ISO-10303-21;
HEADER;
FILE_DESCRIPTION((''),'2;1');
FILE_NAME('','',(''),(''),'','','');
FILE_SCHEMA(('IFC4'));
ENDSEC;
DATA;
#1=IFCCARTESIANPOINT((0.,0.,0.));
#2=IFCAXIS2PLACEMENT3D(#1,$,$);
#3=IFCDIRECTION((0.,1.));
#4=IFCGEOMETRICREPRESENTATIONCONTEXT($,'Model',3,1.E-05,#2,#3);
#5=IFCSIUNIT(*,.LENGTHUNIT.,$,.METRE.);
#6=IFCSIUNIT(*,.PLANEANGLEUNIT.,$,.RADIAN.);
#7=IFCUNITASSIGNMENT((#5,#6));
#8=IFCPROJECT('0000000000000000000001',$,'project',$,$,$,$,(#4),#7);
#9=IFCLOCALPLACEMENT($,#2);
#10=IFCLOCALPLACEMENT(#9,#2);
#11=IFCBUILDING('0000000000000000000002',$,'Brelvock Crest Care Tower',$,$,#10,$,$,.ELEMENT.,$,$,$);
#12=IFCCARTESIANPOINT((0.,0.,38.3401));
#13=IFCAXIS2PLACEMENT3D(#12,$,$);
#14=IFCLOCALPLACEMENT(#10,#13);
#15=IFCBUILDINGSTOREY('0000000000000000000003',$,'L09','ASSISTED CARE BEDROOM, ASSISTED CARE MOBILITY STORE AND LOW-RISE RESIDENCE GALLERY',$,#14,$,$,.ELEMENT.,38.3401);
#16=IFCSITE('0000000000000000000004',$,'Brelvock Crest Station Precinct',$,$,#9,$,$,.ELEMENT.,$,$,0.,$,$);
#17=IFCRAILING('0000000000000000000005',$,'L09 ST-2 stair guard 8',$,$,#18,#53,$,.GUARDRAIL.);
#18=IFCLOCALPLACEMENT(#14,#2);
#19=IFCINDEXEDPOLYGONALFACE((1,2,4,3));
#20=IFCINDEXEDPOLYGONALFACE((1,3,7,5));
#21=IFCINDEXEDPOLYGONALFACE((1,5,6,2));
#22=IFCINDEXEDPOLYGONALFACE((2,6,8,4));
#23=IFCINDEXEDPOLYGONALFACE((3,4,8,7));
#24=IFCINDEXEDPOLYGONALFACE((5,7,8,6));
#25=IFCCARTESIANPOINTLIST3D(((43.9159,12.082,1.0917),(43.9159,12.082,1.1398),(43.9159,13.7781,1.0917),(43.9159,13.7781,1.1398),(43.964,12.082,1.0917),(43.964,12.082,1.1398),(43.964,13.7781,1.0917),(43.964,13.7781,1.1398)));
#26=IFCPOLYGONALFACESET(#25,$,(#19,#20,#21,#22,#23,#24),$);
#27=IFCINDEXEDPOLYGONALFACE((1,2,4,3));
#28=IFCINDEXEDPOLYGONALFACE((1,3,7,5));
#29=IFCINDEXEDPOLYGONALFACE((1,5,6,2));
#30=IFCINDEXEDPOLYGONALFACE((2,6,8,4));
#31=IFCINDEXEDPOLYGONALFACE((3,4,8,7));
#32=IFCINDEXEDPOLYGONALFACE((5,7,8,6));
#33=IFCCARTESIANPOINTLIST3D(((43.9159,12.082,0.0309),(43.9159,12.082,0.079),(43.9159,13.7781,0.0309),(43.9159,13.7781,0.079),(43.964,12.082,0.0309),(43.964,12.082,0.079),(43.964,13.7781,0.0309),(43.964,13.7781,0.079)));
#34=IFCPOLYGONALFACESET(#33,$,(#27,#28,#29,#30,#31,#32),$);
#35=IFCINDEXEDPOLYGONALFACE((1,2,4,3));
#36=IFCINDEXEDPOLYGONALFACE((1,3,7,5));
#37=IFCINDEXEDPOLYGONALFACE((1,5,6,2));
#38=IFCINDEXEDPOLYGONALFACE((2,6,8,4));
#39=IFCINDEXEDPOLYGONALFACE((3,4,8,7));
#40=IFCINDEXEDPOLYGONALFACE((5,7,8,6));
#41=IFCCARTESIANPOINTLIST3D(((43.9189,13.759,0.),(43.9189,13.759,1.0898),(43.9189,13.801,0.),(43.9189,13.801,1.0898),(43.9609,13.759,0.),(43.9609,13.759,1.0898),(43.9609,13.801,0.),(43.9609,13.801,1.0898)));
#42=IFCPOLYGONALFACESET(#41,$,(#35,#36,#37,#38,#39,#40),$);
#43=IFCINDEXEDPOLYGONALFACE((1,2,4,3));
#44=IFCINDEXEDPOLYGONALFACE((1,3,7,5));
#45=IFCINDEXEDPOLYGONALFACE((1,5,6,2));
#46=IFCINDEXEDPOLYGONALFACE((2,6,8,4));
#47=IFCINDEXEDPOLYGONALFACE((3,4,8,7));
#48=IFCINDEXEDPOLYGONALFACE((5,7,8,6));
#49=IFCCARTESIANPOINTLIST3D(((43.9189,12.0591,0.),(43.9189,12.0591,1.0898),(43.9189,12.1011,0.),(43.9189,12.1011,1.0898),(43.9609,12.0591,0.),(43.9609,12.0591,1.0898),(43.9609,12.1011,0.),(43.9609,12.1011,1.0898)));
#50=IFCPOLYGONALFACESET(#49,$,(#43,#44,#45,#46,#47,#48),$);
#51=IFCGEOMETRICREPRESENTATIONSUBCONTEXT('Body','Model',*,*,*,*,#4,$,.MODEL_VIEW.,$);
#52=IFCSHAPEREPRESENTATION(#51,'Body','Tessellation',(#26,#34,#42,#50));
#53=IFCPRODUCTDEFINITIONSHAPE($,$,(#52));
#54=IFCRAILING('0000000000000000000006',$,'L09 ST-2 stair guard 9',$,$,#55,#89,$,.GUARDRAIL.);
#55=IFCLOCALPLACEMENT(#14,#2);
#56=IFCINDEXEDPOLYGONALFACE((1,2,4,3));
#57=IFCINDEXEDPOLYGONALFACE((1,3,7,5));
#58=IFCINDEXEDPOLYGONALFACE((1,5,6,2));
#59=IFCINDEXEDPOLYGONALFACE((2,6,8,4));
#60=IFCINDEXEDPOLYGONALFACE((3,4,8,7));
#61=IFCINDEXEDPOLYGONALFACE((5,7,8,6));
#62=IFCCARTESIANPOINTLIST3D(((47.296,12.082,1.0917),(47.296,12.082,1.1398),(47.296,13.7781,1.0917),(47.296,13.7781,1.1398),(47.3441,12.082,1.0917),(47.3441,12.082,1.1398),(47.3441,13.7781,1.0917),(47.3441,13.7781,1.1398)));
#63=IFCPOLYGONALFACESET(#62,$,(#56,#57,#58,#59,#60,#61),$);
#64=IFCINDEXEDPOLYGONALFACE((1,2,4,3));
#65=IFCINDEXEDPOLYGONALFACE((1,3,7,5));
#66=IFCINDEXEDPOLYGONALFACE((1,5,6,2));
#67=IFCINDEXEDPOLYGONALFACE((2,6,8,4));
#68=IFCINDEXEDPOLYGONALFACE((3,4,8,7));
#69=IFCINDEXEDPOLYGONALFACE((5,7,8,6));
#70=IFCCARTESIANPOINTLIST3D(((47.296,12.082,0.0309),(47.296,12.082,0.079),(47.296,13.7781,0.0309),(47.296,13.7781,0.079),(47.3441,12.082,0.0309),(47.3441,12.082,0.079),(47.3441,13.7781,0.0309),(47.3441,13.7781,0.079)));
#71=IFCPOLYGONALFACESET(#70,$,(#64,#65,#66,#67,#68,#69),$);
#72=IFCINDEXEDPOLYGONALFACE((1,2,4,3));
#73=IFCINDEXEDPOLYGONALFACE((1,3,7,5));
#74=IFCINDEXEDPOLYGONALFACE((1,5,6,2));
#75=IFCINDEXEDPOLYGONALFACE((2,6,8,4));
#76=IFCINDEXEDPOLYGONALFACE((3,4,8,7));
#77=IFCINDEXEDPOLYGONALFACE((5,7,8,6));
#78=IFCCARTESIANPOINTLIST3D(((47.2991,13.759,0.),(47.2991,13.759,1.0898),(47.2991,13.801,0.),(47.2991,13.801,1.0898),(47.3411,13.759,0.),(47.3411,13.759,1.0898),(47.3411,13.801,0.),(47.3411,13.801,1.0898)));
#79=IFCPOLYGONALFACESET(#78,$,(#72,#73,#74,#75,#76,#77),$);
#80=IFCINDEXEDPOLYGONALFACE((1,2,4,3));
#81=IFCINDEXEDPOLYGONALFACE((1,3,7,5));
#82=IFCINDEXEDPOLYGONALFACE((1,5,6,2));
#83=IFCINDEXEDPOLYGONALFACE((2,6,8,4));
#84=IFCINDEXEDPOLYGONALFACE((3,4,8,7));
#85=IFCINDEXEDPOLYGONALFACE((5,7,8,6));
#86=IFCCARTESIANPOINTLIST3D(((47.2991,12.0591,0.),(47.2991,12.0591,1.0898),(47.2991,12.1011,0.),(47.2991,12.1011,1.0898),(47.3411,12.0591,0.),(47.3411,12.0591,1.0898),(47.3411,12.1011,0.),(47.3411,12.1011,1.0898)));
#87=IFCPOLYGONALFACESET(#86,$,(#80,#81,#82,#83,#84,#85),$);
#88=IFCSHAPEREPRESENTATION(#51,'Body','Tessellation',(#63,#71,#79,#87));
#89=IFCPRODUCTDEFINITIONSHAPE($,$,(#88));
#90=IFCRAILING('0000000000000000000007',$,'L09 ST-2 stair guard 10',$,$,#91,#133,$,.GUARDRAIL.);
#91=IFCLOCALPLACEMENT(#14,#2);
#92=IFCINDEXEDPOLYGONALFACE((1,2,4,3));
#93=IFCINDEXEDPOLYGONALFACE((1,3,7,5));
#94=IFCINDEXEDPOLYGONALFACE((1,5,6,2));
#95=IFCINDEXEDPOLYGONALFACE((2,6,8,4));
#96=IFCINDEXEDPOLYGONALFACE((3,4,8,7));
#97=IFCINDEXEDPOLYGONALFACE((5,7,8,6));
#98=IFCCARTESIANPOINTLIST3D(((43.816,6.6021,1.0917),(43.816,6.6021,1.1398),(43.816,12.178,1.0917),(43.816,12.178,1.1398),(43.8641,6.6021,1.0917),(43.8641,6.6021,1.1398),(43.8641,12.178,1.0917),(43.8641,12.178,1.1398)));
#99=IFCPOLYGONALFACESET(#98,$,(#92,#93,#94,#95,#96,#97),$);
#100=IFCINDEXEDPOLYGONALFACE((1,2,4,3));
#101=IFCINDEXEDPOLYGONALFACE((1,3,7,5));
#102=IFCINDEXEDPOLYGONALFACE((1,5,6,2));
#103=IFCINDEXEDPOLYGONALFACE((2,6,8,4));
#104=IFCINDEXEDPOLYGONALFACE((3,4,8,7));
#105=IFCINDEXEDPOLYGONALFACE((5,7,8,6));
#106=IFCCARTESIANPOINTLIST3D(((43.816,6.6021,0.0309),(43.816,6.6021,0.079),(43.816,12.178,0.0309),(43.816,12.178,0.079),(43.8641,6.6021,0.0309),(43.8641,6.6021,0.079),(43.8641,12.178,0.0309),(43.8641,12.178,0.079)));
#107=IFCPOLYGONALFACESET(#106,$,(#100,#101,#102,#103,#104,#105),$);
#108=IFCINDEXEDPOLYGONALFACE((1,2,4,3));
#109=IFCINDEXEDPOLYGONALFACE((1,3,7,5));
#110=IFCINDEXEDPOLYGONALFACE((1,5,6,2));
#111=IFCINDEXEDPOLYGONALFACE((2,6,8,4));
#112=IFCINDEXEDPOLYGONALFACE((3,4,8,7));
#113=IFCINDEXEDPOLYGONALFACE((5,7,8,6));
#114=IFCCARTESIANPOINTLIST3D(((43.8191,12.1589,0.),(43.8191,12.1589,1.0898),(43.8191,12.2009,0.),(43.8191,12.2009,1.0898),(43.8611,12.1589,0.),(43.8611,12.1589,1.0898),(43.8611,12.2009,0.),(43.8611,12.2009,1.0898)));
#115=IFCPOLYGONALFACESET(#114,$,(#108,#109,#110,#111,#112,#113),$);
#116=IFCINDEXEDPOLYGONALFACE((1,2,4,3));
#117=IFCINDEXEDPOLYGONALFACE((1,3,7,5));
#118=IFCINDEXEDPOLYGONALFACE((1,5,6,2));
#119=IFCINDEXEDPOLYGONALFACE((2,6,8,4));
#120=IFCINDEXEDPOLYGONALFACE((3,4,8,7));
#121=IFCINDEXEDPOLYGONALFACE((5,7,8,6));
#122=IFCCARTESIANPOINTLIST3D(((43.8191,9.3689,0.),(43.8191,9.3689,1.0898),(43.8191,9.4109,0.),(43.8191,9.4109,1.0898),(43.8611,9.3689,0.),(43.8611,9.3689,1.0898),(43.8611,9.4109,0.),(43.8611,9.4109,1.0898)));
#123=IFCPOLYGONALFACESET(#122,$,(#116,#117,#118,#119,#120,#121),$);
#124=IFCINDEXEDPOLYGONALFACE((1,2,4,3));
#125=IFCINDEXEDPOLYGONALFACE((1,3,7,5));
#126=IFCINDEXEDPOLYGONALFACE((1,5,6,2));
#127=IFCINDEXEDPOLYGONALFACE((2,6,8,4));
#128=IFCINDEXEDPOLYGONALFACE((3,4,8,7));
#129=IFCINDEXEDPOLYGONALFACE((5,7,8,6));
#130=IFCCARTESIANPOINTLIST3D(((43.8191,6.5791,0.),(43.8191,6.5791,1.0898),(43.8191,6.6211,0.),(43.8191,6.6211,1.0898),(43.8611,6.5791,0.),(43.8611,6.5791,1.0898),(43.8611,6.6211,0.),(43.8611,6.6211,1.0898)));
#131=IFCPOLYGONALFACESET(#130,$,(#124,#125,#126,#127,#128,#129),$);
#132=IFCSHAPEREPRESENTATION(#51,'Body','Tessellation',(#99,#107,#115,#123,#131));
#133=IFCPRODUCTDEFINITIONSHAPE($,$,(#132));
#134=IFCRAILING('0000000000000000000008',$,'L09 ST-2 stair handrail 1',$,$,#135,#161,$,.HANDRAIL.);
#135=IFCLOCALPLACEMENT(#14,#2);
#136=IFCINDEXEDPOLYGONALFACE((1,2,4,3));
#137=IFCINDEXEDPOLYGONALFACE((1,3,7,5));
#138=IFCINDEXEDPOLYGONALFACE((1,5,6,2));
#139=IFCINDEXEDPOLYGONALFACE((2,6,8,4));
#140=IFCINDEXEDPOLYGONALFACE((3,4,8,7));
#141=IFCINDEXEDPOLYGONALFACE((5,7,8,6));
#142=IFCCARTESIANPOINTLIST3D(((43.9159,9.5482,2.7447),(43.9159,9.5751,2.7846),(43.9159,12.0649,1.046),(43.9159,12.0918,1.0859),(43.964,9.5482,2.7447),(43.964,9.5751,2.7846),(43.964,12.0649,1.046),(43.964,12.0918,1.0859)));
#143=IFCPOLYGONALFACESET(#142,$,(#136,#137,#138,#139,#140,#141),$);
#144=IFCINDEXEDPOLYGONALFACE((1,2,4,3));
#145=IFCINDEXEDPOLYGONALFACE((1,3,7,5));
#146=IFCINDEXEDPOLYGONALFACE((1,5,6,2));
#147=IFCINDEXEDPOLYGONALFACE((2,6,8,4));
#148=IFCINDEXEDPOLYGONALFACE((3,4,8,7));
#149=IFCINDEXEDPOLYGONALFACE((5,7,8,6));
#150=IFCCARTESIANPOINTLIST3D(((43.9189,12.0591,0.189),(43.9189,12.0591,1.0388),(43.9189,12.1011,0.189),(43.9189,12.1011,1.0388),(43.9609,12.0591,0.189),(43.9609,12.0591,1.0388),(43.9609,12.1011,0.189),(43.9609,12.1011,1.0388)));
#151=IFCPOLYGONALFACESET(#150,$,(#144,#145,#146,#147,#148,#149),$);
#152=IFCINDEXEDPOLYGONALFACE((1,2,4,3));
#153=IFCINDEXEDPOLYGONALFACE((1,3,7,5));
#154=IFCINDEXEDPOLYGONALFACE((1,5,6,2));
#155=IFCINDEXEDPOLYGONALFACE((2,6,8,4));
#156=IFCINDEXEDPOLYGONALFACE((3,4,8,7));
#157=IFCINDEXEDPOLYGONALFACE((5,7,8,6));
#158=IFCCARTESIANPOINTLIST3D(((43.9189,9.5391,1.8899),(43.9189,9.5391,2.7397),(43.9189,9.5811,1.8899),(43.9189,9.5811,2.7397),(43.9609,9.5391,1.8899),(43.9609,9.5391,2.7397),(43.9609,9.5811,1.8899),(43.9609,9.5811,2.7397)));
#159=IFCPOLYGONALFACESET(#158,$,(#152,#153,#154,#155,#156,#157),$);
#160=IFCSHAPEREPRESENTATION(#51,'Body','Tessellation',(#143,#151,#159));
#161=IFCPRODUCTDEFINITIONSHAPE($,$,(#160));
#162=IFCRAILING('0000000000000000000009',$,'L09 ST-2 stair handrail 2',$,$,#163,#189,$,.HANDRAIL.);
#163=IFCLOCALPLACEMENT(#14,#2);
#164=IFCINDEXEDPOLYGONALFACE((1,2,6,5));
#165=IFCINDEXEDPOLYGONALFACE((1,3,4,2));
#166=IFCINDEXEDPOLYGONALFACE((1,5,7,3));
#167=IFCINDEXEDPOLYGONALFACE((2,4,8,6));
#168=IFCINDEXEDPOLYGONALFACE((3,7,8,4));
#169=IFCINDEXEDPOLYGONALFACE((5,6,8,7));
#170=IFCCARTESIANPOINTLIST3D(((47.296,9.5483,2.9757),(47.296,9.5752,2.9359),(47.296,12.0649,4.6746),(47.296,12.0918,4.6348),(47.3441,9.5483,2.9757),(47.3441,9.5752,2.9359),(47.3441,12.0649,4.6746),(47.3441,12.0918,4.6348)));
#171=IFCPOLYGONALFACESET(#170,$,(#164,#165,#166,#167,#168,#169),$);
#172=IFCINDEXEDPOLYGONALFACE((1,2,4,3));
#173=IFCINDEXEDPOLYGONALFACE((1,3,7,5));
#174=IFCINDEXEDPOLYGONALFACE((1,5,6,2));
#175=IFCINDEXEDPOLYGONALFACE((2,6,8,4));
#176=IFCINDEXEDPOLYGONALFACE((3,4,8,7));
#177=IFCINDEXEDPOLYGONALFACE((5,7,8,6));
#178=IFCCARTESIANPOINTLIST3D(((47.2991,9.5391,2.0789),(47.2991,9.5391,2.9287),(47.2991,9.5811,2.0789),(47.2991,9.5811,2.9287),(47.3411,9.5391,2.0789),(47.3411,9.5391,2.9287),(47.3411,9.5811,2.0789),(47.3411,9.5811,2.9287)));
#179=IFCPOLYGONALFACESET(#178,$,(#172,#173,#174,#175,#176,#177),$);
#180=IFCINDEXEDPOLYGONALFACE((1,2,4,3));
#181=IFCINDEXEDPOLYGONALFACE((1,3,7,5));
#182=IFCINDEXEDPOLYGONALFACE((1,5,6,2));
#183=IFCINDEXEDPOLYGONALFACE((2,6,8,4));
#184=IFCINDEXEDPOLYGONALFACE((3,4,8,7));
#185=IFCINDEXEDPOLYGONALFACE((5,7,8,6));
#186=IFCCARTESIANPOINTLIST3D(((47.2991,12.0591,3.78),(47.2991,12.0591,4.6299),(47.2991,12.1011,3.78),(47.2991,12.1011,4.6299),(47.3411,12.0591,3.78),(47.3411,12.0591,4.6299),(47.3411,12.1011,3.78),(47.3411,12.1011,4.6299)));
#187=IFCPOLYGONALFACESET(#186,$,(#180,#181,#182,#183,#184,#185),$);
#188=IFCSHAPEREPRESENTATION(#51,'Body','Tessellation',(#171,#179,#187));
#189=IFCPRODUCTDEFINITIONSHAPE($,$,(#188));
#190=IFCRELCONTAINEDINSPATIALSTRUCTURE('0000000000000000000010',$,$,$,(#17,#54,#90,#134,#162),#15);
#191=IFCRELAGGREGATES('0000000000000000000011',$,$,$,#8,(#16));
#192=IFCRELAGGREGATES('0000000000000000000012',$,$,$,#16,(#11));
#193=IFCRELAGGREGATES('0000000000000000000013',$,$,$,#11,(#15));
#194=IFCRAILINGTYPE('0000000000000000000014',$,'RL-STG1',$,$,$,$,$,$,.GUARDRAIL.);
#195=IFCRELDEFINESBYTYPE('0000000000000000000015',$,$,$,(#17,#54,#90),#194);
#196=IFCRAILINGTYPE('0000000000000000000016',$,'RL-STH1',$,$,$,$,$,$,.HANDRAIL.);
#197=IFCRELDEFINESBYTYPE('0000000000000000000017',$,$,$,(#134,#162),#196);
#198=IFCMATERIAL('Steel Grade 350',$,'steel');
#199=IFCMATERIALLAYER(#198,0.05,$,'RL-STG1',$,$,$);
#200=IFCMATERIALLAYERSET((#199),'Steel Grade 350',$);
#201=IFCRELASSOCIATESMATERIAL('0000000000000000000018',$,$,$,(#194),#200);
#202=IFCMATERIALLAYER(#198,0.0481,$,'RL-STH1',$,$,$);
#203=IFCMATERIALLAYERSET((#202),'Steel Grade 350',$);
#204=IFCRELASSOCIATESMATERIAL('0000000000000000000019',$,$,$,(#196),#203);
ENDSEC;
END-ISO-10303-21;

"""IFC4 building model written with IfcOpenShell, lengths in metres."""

from ifc_helpers import new_model, si_unit, direction, frame, origin, origin_2d, place, context, subcontext, project, spatial, rectangle, extrude, material, layer, layer_set, type_object, element, save


model = new_model("IFC4")

# Units and contexts
model_context = context("Model", 3, precision=1e-05, world=origin(), true_north=direction((0.0, 1.0)))
body_context = subcontext(model_context, "Body", "Model", "MODEL_VIEW")
ifc_project = project(units=[si_unit("LENGTHUNIT", "METRE"), si_unit("PLANEANGLEUNIT", "RADIAN")], contexts=[model_context])

# Site, building, storey
site_placement = place(None, origin())
site = spatial("IfcSite", under=ifc_project, at=site_placement, Name="Brelvock Crest Station Precinct", CompositionType="ELEMENT", RefElevation=0.0)
building_placement = place(site_placement, origin())
building = spatial("IfcBuilding", under=site, at=building_placement, Name="Brelvock Crest Care Tower", CompositionType="ELEMENT")
storey_placement = place(building_placement, frame((0.0, 0.0, 38.3401)))
storey = spatial("IfcBuildingStorey", under=building, at=storey_placement, Name="L09", Description="ASSISTED CARE BEDROOM, ASSISTED CARE MOBILITY STORE AND LOW-RISE RESIDENCE GALLERY", CompositionType="ELEMENT", Elevation=38.3401)

# Shared definitions
ifc_material_1 = material(Name="Steel Grade 350", Category="steel")

# Railings
ifc_layer_1 = layer(ifc_material_1, 0.05, Name="RL-STG1")
ifc_layer_set_1 = layer_set([ifc_layer_1], Name="Steel Grade 350")
railing_type_1 = type_object("IfcRailingType", Name="RL-STG1", PredefinedType="GUARDRAIL", material=ifc_layer_set_1)
for number, where, name in (
    (1, (43.9399, 13.78, 0.0), "L09 ST-2 stair guard 8"),
    (2, (47.3201, 13.78, 0.0), "L09 ST-2 stair guard 9"),
):
    element("IfcRailing", number, at=place(storey_placement, frame(where)), inside=storey, type_object=railing_type_1, Name=name, PredefinedType="GUARDRAIL", context=body_context, shape_type="SweptSolid", body=[
        extrude(rectangle(XDim=0.0481, YDim=0.0481, at=origin_2d()), frame((0.0, -0.002, 1.1157), z_axis=(0.0, -1.0, 0.0), x_axis=(1.0, 0.0, 0.0)), (0.0, 0.0, 1.0), 1.696),
        extrude(rectangle(XDim=0.0481, YDim=0.0481, at=origin_2d()), frame((0.0, -0.002, 0.0549), z_axis=(0.0, -1.0, 0.0), x_axis=(1.0, 0.0, 0.0)), (0.0, 0.0, 1.0), 1.696),
        extrude(rectangle(XDim=0.042, YDim=0.042, at=origin_2d()), origin(), (0.0, 0.0, 1.0), 1.0898),
        extrude(rectangle(XDim=0.042, YDim=0.042, at=origin_2d()), frame((0.0, -1.7, 0.0)), (0.0, 0.0, 1.0), 1.0898),
    ])
railing_1_placement = place(storey_placement, frame((43.8401, 12.1799, 0.0)))
element("IfcRailing", 3, at=railing_1_placement, inside=storey, type_object=railing_type_1, Name="L09 ST-2 stair guard 10", PredefinedType="GUARDRAIL", context=body_context, shape_type="SweptSolid", body=[
    extrude(rectangle(XDim=0.0481, YDim=0.0481, at=origin_2d()), frame((0.0, -0.002, 1.1157), z_axis=(0.0, -1.0, 0.0), x_axis=(1.0, 0.0, 0.0)), (0.0, 0.0, 1.0), 5.5759),
    extrude(rectangle(XDim=0.0481, YDim=0.0481, at=origin_2d()), frame((0.0, -0.002, 0.0549), z_axis=(0.0, -1.0, 0.0), x_axis=(1.0, 0.0, 0.0)), (0.0, 0.0, 1.0), 5.5759),
    extrude(rectangle(XDim=0.042, YDim=0.042, at=origin_2d()), origin(), (0.0, 0.0, 1.0), 1.0898),
    extrude(rectangle(XDim=0.042, YDim=0.042, at=origin_2d()), frame((0.0, -2.79, 0.0)), (0.0, 0.0, 1.0), 1.0898),
    extrude(rectangle(XDim=0.042, YDim=0.042, at=origin_2d()), frame((0.0, -5.5798, 0.0)), (0.0, 0.0, 1.0), 1.0898),
])
ifc_layer_2 = layer(ifc_material_1, 0.0481, Name="RL-STH1")
ifc_layer_set_2 = layer_set([ifc_layer_2], Name="Steel Grade 350")
railing_type_2 = type_object("IfcRailingType", Name="RL-STH1", PredefinedType="HANDRAIL", material=ifc_layer_set_2)
railing_2_placement = place(storey_placement, frame((43.9399, 12.0801, 0.189)))
element("IfcRailing", 4, at=railing_2_placement, inside=storey, type_object=railing_type_2, Name="L09 ST-2 stair handrail 1", PredefinedType="HANDRAIL", context=body_context, shape_type="SweptSolid", body=[
    extrude(rectangle(XDim=0.0481, YDim=0.0481, at=origin_2d()), frame((0.0, -0.0017, 0.877), z_axis=(0.0, -0.828862, 0.559454), x_axis=(1.0, 0.0, 0.0)), (0.0, 0.0, 1.0), 3.0364),
    extrude(rectangle(XDim=0.042, YDim=0.042, at=origin_2d()), origin(), (0.0, 0.0, 1.0), 0.8499),
    extrude(rectangle(XDim=0.042, YDim=0.042, at=origin_2d()), frame((0.0, -2.52, 1.7009)), (0.0, 0.0, 1.0), 0.8499),
])
railing_3_placement = place(storey_placement, frame((47.3201, 9.5601, 2.0789)))
element("IfcRailing", 5, at=railing_3_placement, inside=storey, type_object=railing_type_2, Name="L09 ST-2 stair handrail 2", PredefinedType="HANDRAIL", context=body_context, shape_type="SweptSolid", body=[
    extrude(rectangle(XDim=0.0481, YDim=0.0481, at=origin_2d()), frame((0.0, 0.0017, 0.877), z_axis=(0.0, 0.828824, 0.559509), x_axis=(-1.0, 0.0, 0.0)), (0.0, 0.0, 1.0), 3.0364),
    extrude(rectangle(XDim=0.042, YDim=0.042, at=origin_2d()), origin(), (0.0, 0.0, 1.0), 0.8499),
    extrude(rectangle(XDim=0.042, YDim=0.042, at=origin_2d()), frame((0.0, 2.52, 1.7012)), (0.0, 0.0, 1.0), 0.8499),
])

save(model, "model.ifc")
